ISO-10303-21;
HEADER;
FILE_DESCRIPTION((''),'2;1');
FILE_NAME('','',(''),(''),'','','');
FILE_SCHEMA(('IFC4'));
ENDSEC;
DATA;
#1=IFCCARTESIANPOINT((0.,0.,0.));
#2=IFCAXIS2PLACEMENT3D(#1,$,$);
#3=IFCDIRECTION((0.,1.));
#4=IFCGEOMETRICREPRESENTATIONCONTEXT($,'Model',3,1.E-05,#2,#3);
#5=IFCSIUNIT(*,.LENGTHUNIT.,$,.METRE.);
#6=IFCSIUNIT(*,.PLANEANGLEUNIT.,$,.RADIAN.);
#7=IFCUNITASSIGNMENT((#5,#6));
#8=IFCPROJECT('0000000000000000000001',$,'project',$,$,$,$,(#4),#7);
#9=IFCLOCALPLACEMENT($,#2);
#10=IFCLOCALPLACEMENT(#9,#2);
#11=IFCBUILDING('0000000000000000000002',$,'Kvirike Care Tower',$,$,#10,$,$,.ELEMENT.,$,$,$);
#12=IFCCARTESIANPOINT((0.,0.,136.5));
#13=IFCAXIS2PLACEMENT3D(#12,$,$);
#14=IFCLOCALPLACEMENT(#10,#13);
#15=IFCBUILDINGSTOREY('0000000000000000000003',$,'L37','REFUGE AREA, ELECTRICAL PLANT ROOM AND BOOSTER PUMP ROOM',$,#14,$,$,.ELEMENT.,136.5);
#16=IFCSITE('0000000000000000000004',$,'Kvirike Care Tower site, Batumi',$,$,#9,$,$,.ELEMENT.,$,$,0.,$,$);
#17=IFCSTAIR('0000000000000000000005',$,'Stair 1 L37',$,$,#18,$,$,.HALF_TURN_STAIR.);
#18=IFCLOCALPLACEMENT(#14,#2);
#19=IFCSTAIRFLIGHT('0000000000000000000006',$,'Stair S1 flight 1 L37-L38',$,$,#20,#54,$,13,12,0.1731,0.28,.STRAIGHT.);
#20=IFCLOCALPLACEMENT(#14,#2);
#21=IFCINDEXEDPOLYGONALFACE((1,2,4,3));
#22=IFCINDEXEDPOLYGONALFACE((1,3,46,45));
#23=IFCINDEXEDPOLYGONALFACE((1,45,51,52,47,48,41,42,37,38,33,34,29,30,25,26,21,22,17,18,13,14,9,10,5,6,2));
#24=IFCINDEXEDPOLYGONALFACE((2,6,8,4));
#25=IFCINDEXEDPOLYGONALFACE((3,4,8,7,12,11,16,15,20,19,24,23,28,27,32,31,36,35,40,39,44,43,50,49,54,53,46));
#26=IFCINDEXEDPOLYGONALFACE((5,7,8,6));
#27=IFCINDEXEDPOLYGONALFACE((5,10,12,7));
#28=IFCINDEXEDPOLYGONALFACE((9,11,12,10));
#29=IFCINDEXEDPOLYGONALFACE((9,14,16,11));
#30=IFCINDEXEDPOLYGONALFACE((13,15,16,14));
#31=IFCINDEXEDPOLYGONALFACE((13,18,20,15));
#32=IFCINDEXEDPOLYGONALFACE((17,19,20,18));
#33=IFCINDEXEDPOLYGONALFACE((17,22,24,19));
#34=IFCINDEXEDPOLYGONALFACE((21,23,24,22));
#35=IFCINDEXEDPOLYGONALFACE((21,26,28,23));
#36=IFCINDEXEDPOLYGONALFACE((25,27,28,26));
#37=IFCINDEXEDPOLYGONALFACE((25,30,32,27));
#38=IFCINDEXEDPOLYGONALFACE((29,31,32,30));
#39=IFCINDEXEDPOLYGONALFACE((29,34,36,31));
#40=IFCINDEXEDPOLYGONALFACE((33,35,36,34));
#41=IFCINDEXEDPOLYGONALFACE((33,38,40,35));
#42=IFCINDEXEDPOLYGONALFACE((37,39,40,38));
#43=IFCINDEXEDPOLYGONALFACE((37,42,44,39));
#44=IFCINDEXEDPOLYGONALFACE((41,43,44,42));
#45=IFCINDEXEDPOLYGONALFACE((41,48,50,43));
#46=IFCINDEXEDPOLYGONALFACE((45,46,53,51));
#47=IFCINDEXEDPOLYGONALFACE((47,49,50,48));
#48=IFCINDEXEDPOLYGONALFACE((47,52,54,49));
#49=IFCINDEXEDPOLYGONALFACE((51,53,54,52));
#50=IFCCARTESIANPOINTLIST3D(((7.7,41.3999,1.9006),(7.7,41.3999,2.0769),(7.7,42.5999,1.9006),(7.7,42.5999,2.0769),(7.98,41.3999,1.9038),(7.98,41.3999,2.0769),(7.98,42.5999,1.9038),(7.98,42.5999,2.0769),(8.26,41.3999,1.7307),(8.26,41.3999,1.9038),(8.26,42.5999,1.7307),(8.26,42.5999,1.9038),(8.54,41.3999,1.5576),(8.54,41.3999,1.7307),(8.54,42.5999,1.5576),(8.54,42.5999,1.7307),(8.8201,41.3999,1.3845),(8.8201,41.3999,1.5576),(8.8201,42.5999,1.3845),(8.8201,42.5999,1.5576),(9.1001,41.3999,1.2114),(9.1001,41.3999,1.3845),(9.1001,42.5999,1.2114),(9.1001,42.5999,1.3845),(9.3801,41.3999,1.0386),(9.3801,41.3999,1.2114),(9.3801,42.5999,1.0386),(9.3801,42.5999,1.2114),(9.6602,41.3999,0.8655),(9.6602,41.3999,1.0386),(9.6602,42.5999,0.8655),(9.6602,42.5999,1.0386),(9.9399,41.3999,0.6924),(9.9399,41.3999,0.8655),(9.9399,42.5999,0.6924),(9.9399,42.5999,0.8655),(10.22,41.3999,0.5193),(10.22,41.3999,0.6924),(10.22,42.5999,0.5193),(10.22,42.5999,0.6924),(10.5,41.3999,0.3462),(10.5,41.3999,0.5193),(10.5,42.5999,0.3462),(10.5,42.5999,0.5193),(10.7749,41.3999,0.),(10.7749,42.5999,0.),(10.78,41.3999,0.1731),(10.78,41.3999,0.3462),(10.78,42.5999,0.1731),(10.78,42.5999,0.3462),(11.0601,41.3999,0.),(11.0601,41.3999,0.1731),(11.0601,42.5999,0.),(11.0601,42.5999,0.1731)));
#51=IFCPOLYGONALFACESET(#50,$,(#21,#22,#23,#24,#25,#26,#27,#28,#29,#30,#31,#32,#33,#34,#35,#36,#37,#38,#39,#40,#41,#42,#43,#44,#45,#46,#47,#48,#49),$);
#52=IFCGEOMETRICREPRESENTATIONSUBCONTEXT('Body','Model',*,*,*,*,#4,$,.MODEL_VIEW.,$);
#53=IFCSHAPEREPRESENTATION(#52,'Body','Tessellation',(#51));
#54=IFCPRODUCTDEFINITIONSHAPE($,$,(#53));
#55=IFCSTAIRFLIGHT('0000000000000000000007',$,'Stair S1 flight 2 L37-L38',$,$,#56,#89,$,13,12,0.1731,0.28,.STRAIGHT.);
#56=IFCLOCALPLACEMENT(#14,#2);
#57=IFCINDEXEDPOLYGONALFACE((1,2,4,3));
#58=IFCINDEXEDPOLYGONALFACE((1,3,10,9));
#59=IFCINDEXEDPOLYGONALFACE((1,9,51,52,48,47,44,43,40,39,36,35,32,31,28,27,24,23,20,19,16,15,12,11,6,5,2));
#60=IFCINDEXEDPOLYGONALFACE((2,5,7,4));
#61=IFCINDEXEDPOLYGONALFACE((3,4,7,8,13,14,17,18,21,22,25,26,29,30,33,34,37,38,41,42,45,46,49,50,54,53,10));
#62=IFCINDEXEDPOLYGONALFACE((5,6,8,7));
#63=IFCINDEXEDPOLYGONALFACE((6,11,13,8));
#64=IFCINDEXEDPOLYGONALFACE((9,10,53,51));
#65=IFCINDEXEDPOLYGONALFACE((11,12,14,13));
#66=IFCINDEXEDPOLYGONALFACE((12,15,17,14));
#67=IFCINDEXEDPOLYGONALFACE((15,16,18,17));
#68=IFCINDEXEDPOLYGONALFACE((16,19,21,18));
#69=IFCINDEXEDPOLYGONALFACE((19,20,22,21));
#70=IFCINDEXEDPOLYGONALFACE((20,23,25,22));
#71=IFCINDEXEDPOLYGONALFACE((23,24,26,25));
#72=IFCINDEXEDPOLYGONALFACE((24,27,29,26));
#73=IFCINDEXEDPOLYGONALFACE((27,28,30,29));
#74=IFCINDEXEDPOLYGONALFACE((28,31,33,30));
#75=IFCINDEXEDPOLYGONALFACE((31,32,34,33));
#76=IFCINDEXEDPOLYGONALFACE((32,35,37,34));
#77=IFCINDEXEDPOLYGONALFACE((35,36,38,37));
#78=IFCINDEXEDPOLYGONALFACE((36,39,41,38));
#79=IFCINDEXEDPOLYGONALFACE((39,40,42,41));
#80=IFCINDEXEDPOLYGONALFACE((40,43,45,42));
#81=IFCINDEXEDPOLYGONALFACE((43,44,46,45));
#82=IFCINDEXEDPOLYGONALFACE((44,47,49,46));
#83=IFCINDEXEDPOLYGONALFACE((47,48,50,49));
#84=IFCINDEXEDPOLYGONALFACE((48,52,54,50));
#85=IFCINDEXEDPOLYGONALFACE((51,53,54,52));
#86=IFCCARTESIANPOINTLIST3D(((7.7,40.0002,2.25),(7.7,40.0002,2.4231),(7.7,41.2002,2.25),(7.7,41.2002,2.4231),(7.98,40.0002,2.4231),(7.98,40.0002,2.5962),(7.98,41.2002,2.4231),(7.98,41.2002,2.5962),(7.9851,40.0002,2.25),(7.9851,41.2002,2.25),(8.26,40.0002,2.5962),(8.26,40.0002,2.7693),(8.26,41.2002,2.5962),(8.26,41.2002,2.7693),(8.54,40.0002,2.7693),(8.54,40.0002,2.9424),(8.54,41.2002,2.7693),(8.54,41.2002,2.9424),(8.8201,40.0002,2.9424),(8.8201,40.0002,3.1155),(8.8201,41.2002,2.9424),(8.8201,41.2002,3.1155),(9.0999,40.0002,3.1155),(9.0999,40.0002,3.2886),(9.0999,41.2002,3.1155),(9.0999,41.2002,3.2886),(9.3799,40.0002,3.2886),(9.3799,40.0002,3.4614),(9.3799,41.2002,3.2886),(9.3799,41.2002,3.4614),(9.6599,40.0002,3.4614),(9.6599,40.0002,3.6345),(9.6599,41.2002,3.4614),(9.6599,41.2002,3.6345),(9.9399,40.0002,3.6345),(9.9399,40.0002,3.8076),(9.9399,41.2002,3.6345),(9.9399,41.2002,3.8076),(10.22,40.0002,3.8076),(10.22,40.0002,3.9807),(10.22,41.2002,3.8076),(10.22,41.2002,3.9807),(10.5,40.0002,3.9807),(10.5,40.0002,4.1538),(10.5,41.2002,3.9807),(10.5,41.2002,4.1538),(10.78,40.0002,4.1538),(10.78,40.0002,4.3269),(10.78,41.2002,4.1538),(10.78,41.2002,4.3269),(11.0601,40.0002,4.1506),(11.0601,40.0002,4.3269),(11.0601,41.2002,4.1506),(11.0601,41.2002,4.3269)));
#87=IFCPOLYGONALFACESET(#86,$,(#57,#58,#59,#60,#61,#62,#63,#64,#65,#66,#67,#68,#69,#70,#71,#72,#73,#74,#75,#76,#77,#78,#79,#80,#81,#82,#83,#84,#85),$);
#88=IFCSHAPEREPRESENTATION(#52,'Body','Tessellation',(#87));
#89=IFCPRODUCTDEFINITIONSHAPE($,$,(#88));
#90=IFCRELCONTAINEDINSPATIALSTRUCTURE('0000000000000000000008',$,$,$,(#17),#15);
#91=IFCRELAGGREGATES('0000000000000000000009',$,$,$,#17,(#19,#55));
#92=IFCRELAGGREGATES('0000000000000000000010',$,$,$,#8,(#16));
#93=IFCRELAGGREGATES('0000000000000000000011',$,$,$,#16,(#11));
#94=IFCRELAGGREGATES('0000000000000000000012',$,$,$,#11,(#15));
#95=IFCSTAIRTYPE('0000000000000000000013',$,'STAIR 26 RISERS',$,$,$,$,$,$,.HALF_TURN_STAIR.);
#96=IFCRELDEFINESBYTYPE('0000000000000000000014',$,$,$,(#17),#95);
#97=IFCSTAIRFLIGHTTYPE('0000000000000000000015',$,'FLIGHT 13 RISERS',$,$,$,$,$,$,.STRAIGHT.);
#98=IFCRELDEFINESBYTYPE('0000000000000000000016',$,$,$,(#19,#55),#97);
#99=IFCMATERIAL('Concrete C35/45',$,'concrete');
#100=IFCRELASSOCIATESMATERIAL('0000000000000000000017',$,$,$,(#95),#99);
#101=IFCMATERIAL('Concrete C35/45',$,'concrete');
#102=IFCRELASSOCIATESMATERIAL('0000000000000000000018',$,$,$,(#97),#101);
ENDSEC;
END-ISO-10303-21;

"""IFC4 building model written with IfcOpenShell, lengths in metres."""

from ifc_helpers import new_model, si_unit, direction, frame, origin, place, context, subcontext, project, spatial, polyline, outline, extrude, material, type_object, element, aggregate, save


model = new_model("IFC4")

# Units and contexts
model_context = context("Model", 3, precision=1e-05, world=origin(), true_north=direction((0.0, 1.0)))
body_context = subcontext(model_context, "Body", "Model", "MODEL_VIEW")
ifc_project = project(units=[si_unit("LENGTHUNIT", "METRE"), si_unit("PLANEANGLEUNIT", "RADIAN")], contexts=[model_context])

# Site, building, storey
site_placement = place(None, origin())
site = spatial("IfcSite", under=ifc_project, at=site_placement, Name="Kvirike Care Tower site, Batumi", CompositionType="ELEMENT", RefElevation=0.0)
building_placement = place(site_placement, origin())
building = spatial("IfcBuilding", under=site, at=building_placement, Name="Kvirike Care Tower", CompositionType="ELEMENT")
storey_placement = place(building_placement, frame((0.0, 0.0, 136.5)))
storey = spatial("IfcBuildingStorey", under=building, at=storey_placement, Name="L37", Description="REFUGE AREA, ELECTRICAL PLANT ROOM AND BOOSTER PUMP ROOM", CompositionType="ELEMENT", Elevation=136.5)

# Stair, stair flights
ifc_material_1 = material(Name="Concrete C35/45", Category="concrete")
stair_type = type_object("IfcStairType", Name="STAIR 26 RISERS", PredefinedType="HALF_TURN_STAIR", material=ifc_material_1)
stair_placement = place(storey_placement, origin())
stair = element("IfcStair", 1, at=stair_placement, inside=storey, type_object=stair_type, Name="Stair 1 L37", PredefinedType="HALF_TURN_STAIR")
ifc_material_2 = material(Name="Concrete C35/45", Category="concrete")
stair_flight_type = type_object("IfcStairFlightType", Name="FLIGHT 13 RISERS", PredefinedType="STRAIGHT", material=ifc_material_2)
stair_flight_1_placement = place(storey_placement, frame((11.0601, 42.0, 0.0), z_axis=(0.0, 0.0, 1.0), x_axis=(-1.0, 0.0, 0.0)))
stair_flight_1 = element("IfcStairFlight", 2, at=stair_flight_1_placement, type_object=stair_flight_type, Name="Stair S1 flight 1 L37-L38", NumberOfRisers=13, NumberOfTreads=12, PredefinedType="STRAIGHT", RiserHeight=0.1731, TreadLength=0.28, context=body_context, shape_type="SweptSolid", body=[
    extrude(outline(polyline([(0.0, 0.0), (0.0, 0.1731), (0.28, 0.1731), (0.28, 0.3462), (0.5601, 0.3462), (0.5601, 0.5193), (0.8401, 0.5193), (0.8401, 0.6924), (1.1201, 0.6924), (1.1201, 0.8655), (1.3999, 0.8655), (1.3999, 1.0386), (1.6799, 1.0386), (1.6799, 1.2114), (1.96, 1.2114), (1.96, 1.3845), (2.24, 1.3845), (2.24, 1.5576), (2.52, 1.5576), (2.52, 1.7307), (2.8, 1.7307), (2.8, 1.9038), (3.0801, 1.9038), (3.0801, 2.0769), (3.3601, 2.0769), (3.3601, 2.25), (3.3601, 1.9006), (0.2852, 0.0), (0.0, 0.0)])), frame((0.0, 0.6001, 0.0), z_axis=(0.0, -1.0, 0.0), x_axis=(1.0, 0.0, 0.0)), (0.0, 0.0, 1.0), 1.2),
])
stair_flight_2_placement = place(storey_placement, frame((7.7, 40.6001, 2.25), z_axis=(0.0, 0.0, 1.0), x_axis=(1.0, 0.0, 0.0)))
stair_flight_2 = element("IfcStairFlight", 3, at=stair_flight_2_placement, type_object=stair_flight_type, Name="Stair S1 flight 2 L37-L38", NumberOfRisers=13, NumberOfTreads=12, PredefinedType="STRAIGHT", RiserHeight=0.1731, TreadLength=0.28, context=body_context, shape_type="SweptSolid", body=[
    extrude(outline(polyline([(0.0, 0.0), (0.0, 0.1731), (0.28, 0.1731), (0.28, 0.3462), (0.5601, 0.3462), (0.5601, 0.5193), (0.8401, 0.5193), (0.8401, 0.6924), (1.1201, 0.6924), (1.1201, 0.8655), (1.3999, 0.8655), (1.3999, 1.0386), (1.6799, 1.0386), (1.6799, 1.2114), (1.96, 1.2114), (1.96, 1.3845), (2.24, 1.3845), (2.24, 1.5576), (2.52, 1.5576), (2.52, 1.7307), (2.8, 1.7307), (2.8, 1.9038), (3.0801, 1.9038), (3.0801, 2.0769), (3.3601, 2.0769), (3.3601, 2.25), (3.3601, 1.9006), (0.2852, 0.0), (0.0, 0.0)])), frame((0.0, 0.6001, 0.0), z_axis=(0.0, -1.0, 0.0), x_axis=(1.0, 0.0, 0.0)), (0.0, 0.0, 1.0), 1.2),
])
aggregate(stair, [stair_flight_1, stair_flight_2])

save(model, "model.ifc")
